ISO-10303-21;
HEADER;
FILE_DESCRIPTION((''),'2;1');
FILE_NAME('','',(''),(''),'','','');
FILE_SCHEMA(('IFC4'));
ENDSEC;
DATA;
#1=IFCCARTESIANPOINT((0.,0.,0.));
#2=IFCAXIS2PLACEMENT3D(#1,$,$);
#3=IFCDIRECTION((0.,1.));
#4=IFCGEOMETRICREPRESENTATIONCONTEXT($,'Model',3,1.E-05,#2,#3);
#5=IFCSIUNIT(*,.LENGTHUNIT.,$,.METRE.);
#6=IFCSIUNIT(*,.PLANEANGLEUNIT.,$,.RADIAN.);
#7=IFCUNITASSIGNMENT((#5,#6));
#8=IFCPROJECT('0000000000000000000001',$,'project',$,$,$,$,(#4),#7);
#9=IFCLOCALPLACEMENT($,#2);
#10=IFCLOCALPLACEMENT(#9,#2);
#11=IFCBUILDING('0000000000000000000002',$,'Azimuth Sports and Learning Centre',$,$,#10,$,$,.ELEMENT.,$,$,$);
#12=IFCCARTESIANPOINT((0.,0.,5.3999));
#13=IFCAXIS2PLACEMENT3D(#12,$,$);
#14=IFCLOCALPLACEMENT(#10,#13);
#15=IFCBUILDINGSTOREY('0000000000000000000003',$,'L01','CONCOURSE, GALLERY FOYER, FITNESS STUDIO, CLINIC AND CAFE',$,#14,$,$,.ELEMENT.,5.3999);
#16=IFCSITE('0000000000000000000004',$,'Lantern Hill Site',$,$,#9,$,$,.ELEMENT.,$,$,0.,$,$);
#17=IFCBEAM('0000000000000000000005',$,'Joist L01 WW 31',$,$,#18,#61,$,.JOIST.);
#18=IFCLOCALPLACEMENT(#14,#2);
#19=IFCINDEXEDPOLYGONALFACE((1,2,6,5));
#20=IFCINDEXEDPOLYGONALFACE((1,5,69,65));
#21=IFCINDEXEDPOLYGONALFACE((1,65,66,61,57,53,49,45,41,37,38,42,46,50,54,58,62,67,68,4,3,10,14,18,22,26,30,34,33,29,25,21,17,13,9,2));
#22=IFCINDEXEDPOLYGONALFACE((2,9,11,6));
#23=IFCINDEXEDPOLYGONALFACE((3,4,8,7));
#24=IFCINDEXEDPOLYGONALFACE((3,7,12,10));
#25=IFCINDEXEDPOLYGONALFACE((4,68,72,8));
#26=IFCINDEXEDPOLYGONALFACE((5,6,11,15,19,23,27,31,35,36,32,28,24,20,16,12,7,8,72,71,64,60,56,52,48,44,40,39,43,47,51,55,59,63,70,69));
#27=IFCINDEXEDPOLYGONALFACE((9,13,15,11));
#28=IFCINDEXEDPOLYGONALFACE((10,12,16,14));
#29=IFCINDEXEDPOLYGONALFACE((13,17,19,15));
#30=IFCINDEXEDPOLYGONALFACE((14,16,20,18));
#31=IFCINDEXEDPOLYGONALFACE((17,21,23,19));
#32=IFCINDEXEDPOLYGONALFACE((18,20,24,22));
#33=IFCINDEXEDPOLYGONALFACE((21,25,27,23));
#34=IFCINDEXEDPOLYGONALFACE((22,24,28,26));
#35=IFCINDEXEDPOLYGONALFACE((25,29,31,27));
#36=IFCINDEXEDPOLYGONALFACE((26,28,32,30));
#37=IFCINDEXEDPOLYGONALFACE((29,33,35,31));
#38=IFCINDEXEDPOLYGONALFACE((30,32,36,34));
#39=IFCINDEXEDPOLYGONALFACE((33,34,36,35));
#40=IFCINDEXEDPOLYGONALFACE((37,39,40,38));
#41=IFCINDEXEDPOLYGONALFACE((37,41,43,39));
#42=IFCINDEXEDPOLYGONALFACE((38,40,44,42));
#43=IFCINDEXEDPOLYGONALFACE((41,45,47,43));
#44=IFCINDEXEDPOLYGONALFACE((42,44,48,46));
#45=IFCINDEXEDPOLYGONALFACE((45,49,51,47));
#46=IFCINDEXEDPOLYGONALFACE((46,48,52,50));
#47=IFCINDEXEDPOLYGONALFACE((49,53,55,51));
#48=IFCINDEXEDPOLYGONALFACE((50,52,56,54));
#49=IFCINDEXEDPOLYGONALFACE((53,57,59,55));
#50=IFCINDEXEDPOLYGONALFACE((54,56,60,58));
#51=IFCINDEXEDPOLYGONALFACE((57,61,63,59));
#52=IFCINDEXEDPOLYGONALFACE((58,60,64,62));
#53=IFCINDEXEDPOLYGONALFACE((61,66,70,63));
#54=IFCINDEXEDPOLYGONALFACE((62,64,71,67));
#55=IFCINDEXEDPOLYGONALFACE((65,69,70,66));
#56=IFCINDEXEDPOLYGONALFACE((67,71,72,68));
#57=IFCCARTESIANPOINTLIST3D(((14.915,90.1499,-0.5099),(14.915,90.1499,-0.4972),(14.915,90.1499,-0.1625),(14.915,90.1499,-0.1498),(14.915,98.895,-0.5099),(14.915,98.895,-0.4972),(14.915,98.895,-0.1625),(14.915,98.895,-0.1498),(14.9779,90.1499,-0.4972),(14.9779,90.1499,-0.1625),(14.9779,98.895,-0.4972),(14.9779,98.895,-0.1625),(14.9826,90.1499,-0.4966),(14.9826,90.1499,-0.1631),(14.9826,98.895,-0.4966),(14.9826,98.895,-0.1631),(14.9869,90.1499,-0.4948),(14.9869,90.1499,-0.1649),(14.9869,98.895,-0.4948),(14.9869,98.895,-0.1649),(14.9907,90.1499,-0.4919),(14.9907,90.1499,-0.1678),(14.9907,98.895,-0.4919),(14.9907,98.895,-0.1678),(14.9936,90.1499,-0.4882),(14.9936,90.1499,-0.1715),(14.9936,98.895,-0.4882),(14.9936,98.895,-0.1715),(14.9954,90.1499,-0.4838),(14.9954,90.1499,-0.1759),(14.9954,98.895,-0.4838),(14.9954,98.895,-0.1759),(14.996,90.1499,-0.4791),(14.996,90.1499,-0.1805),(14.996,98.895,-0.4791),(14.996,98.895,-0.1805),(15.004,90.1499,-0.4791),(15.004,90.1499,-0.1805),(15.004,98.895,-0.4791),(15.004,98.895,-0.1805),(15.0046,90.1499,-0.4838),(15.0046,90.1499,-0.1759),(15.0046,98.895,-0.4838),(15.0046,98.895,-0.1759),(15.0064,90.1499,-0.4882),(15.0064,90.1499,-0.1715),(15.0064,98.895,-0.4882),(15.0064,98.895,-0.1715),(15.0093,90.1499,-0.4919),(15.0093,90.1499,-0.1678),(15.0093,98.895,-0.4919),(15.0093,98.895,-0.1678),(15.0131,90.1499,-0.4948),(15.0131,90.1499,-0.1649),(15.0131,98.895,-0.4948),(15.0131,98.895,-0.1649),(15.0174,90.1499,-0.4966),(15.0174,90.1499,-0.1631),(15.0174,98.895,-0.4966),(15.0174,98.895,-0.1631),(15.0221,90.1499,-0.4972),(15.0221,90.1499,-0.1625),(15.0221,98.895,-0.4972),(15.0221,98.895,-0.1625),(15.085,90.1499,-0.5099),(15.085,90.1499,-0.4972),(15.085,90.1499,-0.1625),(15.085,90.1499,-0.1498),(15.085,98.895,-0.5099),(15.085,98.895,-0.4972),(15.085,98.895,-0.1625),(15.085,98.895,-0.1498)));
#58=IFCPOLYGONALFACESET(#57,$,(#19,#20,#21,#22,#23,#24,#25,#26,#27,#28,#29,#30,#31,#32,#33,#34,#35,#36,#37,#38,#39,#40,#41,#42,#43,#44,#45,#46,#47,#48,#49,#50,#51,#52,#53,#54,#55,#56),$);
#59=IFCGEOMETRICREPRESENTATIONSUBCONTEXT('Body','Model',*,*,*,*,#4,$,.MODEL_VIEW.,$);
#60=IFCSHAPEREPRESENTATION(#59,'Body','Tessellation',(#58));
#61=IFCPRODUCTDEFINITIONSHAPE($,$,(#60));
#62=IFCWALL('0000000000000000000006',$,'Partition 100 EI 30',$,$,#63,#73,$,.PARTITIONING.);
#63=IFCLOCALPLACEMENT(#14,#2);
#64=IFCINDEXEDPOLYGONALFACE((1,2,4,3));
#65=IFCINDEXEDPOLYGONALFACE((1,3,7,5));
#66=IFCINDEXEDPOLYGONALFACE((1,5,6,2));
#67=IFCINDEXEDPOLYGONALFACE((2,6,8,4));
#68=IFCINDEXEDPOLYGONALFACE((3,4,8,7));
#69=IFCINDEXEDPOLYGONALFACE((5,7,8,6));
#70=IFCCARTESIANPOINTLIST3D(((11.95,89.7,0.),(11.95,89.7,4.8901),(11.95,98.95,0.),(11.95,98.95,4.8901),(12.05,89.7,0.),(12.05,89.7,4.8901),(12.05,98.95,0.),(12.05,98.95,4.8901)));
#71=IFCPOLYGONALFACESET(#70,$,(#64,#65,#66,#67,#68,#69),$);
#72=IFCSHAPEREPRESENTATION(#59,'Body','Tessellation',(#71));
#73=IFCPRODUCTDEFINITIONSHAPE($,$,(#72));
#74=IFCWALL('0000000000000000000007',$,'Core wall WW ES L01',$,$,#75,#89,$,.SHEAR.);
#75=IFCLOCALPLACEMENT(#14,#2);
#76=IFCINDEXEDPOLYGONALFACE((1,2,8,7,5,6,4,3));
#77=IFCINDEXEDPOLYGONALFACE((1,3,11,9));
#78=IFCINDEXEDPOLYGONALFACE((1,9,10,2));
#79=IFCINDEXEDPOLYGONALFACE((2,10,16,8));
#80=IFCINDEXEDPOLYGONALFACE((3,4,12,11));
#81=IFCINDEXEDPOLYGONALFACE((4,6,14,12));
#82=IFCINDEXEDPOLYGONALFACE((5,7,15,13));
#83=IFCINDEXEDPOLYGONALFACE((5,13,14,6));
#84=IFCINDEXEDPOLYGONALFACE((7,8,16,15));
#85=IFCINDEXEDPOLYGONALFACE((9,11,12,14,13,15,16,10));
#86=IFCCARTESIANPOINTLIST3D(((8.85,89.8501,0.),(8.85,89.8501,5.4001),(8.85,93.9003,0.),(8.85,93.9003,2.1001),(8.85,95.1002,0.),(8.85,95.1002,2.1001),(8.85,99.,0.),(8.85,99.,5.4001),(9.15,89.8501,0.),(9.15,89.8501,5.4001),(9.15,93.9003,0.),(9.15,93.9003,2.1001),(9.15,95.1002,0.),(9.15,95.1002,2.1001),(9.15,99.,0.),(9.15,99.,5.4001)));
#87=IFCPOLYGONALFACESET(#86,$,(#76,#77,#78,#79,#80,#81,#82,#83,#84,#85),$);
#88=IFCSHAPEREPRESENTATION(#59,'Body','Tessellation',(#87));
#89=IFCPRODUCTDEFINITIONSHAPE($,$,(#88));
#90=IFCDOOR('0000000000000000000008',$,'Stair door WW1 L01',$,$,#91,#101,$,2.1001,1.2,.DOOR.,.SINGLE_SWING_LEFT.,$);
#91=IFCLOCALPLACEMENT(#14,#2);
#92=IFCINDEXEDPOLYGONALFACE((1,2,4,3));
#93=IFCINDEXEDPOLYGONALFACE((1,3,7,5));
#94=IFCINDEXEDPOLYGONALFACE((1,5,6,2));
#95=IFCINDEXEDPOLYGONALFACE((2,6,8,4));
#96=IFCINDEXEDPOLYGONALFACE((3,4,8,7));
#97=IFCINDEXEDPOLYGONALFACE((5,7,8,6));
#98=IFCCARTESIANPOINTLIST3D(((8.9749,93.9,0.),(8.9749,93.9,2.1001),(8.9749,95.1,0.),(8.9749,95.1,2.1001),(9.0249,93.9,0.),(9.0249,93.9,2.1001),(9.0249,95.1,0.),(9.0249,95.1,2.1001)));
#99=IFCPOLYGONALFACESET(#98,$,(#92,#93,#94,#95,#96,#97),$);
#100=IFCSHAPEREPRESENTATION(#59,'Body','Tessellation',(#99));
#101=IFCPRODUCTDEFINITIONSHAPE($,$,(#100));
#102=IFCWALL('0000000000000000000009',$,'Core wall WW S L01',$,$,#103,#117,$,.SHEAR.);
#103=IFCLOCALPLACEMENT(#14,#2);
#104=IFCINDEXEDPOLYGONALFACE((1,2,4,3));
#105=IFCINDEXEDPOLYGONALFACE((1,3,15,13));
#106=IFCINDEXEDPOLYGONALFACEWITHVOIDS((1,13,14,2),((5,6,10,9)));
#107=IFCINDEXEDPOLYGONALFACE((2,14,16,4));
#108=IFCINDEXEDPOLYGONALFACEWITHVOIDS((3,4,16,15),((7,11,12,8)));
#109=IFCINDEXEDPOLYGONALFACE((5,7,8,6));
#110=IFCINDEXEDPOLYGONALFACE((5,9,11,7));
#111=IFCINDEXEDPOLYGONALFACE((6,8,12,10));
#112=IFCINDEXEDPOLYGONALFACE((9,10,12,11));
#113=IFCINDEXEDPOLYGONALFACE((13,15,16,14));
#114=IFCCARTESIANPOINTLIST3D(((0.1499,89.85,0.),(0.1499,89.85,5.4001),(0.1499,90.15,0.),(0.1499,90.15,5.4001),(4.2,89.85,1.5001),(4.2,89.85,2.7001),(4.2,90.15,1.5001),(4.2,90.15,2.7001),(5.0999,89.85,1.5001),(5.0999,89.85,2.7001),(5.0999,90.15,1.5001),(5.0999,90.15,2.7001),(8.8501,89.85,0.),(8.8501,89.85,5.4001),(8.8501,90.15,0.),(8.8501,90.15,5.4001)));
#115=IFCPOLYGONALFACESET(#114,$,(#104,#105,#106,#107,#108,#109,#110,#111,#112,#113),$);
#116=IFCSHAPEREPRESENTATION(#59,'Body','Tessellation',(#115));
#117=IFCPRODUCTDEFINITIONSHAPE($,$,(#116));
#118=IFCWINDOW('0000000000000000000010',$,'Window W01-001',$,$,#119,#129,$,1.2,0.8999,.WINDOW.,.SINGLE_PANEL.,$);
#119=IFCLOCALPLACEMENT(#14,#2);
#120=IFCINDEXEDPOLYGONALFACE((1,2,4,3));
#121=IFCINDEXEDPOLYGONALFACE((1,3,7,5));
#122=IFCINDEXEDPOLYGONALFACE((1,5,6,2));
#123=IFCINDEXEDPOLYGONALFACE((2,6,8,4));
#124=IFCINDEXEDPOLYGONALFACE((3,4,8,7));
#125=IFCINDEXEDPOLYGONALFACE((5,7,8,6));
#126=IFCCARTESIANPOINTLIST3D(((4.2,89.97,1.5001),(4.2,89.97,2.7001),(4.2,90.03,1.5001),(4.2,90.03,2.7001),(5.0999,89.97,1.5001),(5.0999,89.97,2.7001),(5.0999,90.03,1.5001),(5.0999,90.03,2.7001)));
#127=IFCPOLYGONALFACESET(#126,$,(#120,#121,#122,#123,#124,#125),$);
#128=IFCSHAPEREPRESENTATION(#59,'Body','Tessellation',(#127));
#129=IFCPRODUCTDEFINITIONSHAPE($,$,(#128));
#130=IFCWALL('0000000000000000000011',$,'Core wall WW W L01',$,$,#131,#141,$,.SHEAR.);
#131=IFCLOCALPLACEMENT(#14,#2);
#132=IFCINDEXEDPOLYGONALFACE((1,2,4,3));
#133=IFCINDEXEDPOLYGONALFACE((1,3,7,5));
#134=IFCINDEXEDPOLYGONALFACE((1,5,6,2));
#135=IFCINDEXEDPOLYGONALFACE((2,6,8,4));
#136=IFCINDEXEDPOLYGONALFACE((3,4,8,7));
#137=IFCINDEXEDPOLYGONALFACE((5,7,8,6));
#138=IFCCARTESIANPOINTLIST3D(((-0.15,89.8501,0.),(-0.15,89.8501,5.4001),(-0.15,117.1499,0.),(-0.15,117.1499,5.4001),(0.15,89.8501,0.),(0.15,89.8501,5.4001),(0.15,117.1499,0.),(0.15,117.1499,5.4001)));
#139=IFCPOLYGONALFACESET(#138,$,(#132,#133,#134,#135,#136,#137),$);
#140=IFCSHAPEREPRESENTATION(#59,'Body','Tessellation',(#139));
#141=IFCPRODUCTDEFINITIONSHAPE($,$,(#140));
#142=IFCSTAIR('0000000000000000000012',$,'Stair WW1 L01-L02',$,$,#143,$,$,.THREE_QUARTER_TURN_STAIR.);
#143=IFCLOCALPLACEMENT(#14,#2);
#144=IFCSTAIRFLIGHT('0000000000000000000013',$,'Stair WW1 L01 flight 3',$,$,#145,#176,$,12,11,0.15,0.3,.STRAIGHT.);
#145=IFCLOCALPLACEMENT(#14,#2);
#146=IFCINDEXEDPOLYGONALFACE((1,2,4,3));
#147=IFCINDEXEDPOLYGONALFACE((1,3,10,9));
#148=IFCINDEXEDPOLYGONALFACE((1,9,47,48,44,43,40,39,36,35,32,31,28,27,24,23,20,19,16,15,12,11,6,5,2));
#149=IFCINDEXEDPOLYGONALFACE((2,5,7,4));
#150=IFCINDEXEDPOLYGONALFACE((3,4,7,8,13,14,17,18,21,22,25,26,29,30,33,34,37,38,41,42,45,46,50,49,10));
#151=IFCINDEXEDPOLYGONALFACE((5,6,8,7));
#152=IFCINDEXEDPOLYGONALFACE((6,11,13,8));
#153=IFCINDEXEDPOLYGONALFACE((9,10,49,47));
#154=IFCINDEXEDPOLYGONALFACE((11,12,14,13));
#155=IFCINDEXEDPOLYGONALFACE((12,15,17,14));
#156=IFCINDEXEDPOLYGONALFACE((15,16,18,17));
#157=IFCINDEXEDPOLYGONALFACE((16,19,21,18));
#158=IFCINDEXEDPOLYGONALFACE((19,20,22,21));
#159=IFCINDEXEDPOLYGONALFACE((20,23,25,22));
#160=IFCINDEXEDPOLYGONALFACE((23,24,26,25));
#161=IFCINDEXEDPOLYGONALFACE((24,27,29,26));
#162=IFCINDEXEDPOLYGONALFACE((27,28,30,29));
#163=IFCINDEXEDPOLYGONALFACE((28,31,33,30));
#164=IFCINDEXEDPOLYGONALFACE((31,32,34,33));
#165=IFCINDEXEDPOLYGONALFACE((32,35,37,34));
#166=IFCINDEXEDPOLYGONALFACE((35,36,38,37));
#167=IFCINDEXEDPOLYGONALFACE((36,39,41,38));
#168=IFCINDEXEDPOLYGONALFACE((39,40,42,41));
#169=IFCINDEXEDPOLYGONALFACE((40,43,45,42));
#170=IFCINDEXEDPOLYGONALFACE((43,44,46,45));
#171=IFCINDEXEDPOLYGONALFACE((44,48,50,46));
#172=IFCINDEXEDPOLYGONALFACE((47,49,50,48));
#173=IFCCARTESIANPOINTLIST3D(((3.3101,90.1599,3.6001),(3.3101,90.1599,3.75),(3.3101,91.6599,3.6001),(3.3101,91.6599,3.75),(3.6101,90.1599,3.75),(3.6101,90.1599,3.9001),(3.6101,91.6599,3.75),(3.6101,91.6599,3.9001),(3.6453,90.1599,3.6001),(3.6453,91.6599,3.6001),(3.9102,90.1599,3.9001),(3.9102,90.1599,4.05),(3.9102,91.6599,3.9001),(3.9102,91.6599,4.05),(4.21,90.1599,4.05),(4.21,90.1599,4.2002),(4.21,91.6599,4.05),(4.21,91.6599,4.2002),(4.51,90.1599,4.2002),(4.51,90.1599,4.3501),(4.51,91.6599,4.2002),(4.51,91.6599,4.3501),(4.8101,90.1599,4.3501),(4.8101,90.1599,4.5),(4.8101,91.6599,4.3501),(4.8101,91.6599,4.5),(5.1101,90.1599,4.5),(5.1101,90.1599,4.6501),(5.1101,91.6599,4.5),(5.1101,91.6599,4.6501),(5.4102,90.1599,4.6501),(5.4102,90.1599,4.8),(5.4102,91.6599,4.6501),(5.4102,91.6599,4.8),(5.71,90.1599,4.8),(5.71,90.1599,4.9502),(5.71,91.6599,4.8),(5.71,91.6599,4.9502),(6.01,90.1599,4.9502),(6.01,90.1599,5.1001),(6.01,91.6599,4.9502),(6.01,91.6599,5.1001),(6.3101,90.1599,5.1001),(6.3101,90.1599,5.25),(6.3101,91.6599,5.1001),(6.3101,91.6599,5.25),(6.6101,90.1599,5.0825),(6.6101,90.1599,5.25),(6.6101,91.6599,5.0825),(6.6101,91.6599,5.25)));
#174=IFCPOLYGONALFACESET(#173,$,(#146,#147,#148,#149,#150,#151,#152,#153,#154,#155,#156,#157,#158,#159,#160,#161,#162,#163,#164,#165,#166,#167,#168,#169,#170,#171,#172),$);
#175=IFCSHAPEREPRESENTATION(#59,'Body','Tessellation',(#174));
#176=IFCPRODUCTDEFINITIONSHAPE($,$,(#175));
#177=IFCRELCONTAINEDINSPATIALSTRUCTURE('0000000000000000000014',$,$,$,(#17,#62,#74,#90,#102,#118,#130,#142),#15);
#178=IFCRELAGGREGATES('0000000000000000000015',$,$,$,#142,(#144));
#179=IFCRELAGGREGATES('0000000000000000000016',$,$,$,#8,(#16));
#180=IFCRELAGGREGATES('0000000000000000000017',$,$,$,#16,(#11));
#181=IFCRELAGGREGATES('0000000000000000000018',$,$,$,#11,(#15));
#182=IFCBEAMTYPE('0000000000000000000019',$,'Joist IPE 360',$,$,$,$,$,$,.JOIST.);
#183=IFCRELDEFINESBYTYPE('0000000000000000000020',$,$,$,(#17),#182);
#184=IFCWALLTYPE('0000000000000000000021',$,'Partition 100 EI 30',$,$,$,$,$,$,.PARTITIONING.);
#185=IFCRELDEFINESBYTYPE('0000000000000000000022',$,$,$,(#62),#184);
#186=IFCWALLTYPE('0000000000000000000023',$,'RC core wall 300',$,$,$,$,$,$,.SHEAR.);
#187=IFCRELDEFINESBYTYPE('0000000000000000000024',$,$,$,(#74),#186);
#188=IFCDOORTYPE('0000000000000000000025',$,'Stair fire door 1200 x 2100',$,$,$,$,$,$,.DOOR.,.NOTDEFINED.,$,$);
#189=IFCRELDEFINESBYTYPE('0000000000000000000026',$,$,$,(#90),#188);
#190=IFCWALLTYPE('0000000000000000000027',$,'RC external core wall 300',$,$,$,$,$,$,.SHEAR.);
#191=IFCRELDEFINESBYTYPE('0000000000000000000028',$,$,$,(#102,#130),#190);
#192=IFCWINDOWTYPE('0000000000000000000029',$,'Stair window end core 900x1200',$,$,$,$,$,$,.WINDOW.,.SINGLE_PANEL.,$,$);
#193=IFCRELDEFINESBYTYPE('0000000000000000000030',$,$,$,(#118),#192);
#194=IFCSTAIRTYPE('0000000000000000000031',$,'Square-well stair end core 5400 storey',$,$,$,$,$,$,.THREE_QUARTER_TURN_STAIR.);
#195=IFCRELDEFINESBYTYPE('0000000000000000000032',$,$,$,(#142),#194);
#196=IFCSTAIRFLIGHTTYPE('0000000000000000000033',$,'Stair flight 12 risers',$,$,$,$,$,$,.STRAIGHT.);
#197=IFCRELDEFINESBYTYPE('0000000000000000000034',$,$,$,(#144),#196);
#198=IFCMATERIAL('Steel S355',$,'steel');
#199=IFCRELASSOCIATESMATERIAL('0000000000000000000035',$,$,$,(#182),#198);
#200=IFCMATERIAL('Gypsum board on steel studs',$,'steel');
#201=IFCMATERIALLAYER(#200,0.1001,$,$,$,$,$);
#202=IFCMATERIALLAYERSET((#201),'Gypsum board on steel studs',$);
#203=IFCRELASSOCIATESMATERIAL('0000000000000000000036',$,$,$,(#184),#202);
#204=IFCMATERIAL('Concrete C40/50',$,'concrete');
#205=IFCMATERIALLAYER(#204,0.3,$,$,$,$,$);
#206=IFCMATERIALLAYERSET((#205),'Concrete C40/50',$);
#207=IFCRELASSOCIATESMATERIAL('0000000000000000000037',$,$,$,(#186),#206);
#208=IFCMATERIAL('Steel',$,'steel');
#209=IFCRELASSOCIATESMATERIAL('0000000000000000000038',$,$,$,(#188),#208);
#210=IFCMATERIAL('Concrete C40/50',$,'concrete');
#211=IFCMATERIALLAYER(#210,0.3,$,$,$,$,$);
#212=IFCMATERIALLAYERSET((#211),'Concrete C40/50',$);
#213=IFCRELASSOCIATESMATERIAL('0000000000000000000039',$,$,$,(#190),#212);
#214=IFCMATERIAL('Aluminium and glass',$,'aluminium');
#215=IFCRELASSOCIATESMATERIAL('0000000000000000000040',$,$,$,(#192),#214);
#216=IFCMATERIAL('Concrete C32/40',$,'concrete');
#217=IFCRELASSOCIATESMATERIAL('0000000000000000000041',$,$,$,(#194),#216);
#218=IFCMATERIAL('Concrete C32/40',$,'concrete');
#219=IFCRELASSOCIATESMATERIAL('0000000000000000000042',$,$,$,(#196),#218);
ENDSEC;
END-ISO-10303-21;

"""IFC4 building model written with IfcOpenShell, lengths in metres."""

from ifc_helpers import new_model, si_unit, direction, frame, frame_2d, origin, origin_2d, place, context, subcontext, project, spatial, polyline, rectangle, i_section, outline, extrude, material, layer, layer_set, material_profile, profile_set, type_object, element, fill, aggregate, save


model = new_model("IFC4")

# Units and contexts
model_context = context("Model", 3, precision=1e-05, world=origin(), true_north=direction((0.0, 1.0)))
body_context = subcontext(model_context, "Body", "Model", "MODEL_VIEW")
ifc_project = project(units=[si_unit("LENGTHUNIT", "METRE"), si_unit("PLANEANGLEUNIT", "RADIAN")], contexts=[model_context])

# Site, building, storey
site_placement = place(None, origin())
site = spatial("IfcSite", under=ifc_project, at=site_placement, Name="Lantern Hill Site", CompositionType="ELEMENT", RefElevation=0.0)
building_placement = place(site_placement, origin())
building = spatial("IfcBuilding", under=site, at=building_placement, Name="Azimuth Sports and Learning Centre", CompositionType="ELEMENT")
storey_placement = place(building_placement, frame((0.0, 0.0, 5.3999)))
storey = spatial("IfcBuildingStorey", under=building, at=storey_placement, Name="L01", Description="CONCOURSE, GALLERY FOYER, FITNESS STUDIO, CLINIC AND CAFE", CompositionType="ELEMENT", Elevation=5.3999)

# Beam
ifc_material_1 = material(Name="Steel S355", Category="steel")
ifc_material_profile_1 = material_profile(ifc_material_1, i_section(OverallWidth=0.1699, OverallDepth=0.3601, WebThickness=0.0081, FlangeThickness=0.0127, FilletRadius=0.0181, at=origin_2d()), Name="IPE 360")
ifc_profile_set_1 = profile_set([ifc_material_profile_1], Name="Steel S355")
beam_type_1 = type_object("IfcBeamType", Name="Joist IPE 360", PredefinedType="JOIST", material=ifc_profile_set_1)
for number, where, z_axis, x_axis, name in (
    (1, (15.0, 90.1499, -0.3298), (0.0, 1.0, 0.0), (-1.0, 0.0, 0.0), "Joist L01 WW 31"),
):
    element("IfcBeam", number, at=place(storey_placement, frame(where, z_axis=z_axis, x_axis=x_axis)), inside=storey, type_object=beam_type_1, Name=name, PredefinedType="JOIST", context=body_context, shape_type="SweptSolid", body=[
        extrude(i_section(OverallWidth=0.1699, OverallDepth=0.3601, WebThickness=0.0081, FlangeThickness=0.0127, FilletRadius=0.0181, at=origin_2d()), origin(), (0.0, 0.0, 1.0), 8.7451),
    ])

# Wall
ifc_material_2 = material(Name="Gypsum board on steel studs", Category="steel")
ifc_layer_1 = layer(ifc_material_2, 0.1001)
ifc_layer_set_1 = layer_set([ifc_layer_1], Name="Gypsum board on steel studs")
wall_type_1 = type_object("IfcWallType", Name="Partition 100 EI 30", PredefinedType="PARTITIONING", material=ifc_layer_set_1)
wall_1_placement = place(storey_placement, frame((12.0, 89.7, 0.0), z_axis=(0.0, 0.0, 1.0), x_axis=(0.0, 1.0, 0.0)))
element("IfcWall", 2, at=wall_1_placement, inside=storey, type_object=wall_type_1, Name="Partition 100 EI 30", PredefinedType="PARTITIONING", context=body_context, shape_type="SweptSolid", body=[
    extrude(rectangle(XDim=9.25, YDim=0.1001, at=frame_2d((4.625, 0.0))), origin(), (0.0, 0.0, 1.0), 4.8901),
])

# Wall, opening, door
ifc_material_3 = material(Name="Concrete C40/50", Category="concrete")
ifc_layer_2 = layer(ifc_material_3, 0.3)
ifc_layer_set_2 = layer_set([ifc_layer_2], Name="Concrete C40/50")
wall_type_2 = type_object("IfcWallType", Name="RC core wall 300", PredefinedType="SHEAR", material=ifc_layer_set_2)
wall_2_placement = place(storey_placement, frame((9.0, 89.8501, 0.0), z_axis=(0.0, 0.0, 1.0), x_axis=(0.0, 1.0, 0.0)))
wall_2 = element("IfcWall", 3, at=wall_2_placement, inside=storey, type_object=wall_type_2, Name="Core wall WW ES L01", PredefinedType="SHEAR", context=body_context, shape_type="SweptSolid", body=[
    extrude(rectangle(XDim=9.1499, YDim=0.3, at=frame_2d((4.575, 0.0))), origin(), (0.0, 0.0, 1.0), 5.4001),
])
opening_1_placement = place(wall_2_placement, frame((4.05, 0.0, 0.0)))
opening_1 = element("IfcOpeningElement", 4, at=opening_1_placement, cuts=wall_2, PredefinedType="OPENING", context=body_context, shape_type="SweptSolid", body=[
    extrude(rectangle(XDim=1.2, YDim=2.1001, at=frame_2d((0.6001, 1.05))), frame((0.0, 0.1611, 0.0), z_axis=(0.0, -1.0, 0.0), x_axis=(1.0, 0.0, 0.0)), (0.0, 0.0, 1.0), 0.322),
])
ifc_material_4 = material(Name="Steel", Category="steel")
door_type = type_object("IfcDoorType", Name="Stair fire door 1200 x 2100", OperationType="NOTDEFINED", PredefinedType="DOOR", material=ifc_material_4)
door_placement = place(opening_1_placement, frame((1.2, 0.0, 0.0), z_axis=(0.0, 0.0, 1.0), x_axis=(-1.0, 0.0, 0.0)))
door = element("IfcDoor", 5, at=door_placement, inside=storey, type_object=door_type, Name="Stair door WW1 L01", OperationType="SINGLE_SWING_LEFT", OverallHeight=2.1001, OverallWidth=1.2, PredefinedType="DOOR", context=body_context, shape_type="SweptSolid", body=[
    extrude(rectangle(XDim=1.2, YDim=2.1001, at=frame_2d((0.6001, 1.05))), frame((0.0, 0.0249, 0.0), z_axis=(0.0, -1.0, 0.0), x_axis=(1.0, 0.0, 0.0)), (0.0, 0.0, 1.0), 0.05),
])
fill(opening_1, door)

# Wall, opening, window
ifc_material_5 = material(Name="Concrete C40/50", Category="concrete")
ifc_layer_3 = layer(ifc_material_5, 0.3)
ifc_layer_set_3 = layer_set([ifc_layer_3], Name="Concrete C40/50")
wall_type_3 = type_object("IfcWallType", Name="RC external core wall 300", PredefinedType="SHEAR", material=ifc_layer_set_3)
wall_3_placement = place(storey_placement, frame((0.1499, 90.0, 0.0), z_axis=(0.0, 0.0, 1.0), x_axis=(1.0, 0.0, 0.0)))
wall_3 = element("IfcWall", 6, at=wall_3_placement, inside=storey, type_object=wall_type_3, Name="Core wall WW S L01", PredefinedType="SHEAR", context=body_context, shape_type="SweptSolid", body=[
    extrude(rectangle(XDim=8.7002, YDim=0.3, at=frame_2d((4.3501, 0.0))), origin(), (0.0, 0.0, 1.0), 5.4001),
])
opening_2_placement = place(wall_3_placement, frame((4.05, 0.0, 1.5)))
opening_2 = element("IfcOpeningElement", 7, at=opening_2_placement, cuts=wall_3, PredefinedType="OPENING", context=body_context, shape_type="SweptSolid", body=[
    extrude(rectangle(XDim=0.8999, YDim=1.2, at=frame_2d((0.45, 0.6001))), frame((0.0, 0.1611, 0.0), z_axis=(0.0, -1.0, 0.0), x_axis=(1.0, 0.0, 0.0)), (0.0, 0.0, 1.0), 0.322),
])
ifc_material_6 = material(Name="Aluminium and glass", Category="aluminium")
window_type = type_object("IfcWindowType", Name="Stair window end core 900x1200", PartitioningType="SINGLE_PANEL", PredefinedType="WINDOW", material=ifc_material_6)
window_placement = place(opening_2_placement, origin())
window = element("IfcWindow", 8, at=window_placement, inside=storey, type_object=window_type, Name="Window W01-001", OverallHeight=1.2, OverallWidth=0.8999, PartitioningType="SINGLE_PANEL", PredefinedType="WINDOW", context=body_context, shape_type="SweptSolid", body=[
    extrude(rectangle(XDim=0.8999, YDim=1.2, at=frame_2d((0.45, 0.6001))), frame((0.0, 0.03, 0.0), z_axis=(0.0, -1.0, 0.0), x_axis=(1.0, 0.0, 0.0)), (0.0, 0.0, 1.0), 0.0601),
])
fill(opening_2, window)

# Wall
wall_4_placement = place(storey_placement, frame((0.0, 89.8501, 0.0), z_axis=(0.0, 0.0, 1.0), x_axis=(0.0, 1.0, 0.0)))
element("IfcWall", 9, at=wall_4_placement, inside=storey, type_object=wall_type_3, Name="Core wall WW W L01", PredefinedType="SHEAR", context=body_context, shape_type="SweptSolid", body=[
    extrude(rectangle(XDim=27.2998, YDim=0.3, at=frame_2d((13.6499, 0.0))), origin(), (0.0, 0.0, 1.0), 5.4001),
])

# Stair, stair flight
ifc_material_7 = material(Name="Concrete C32/40", Category="concrete")
stair_type = type_object("IfcStairType", Name="Square-well stair end core 5400 storey", PredefinedType="THREE_QUARTER_TURN_STAIR", material=ifc_material_7)
stair_placement = place(storey_placement, origin())
stair = element("IfcStair", 10, at=stair_placement, inside=storey, type_object=stair_type, Name="Stair WW1 L01-L02", PredefinedType="THREE_QUARTER_TURN_STAIR")
ifc_material_8 = material(Name="Concrete C32/40", Category="concrete")
stair_flight_type = type_object("IfcStairFlightType", Name="Stair flight 12 risers", PredefinedType="STRAIGHT", material=ifc_material_8)
stair_flight_placement = place(storey_placement, frame((3.3101, 90.9099, 3.6001), z_axis=(0.0, 0.0, 1.0), x_axis=(1.0, 0.0, 0.0)))
stair_flight = element("IfcStairFlight", 11, at=stair_flight_placement, type_object=stair_flight_type, Name="Stair WW1 L01 flight 3", NumberOfRisers=12, NumberOfTreads=11, PredefinedType="STRAIGHT", RiserHeight=0.15, TreadLength=0.3, context=body_context, shape_type="SweptSolid", body=[
    extrude(outline(polyline([(0.0, 0.0), (0.0, 0.1499), (0.3, 0.1499), (0.3, 0.3), (0.6001, 0.3), (0.6001, 0.45), (0.8999, 0.45), (0.8999, 0.6001), (1.2, 0.6001), (1.2, 0.75), (1.5, 0.75), (1.5, 0.8999), (1.8, 0.8999), (1.8, 1.05), (2.1001, 1.05), (2.1001, 1.2), (2.3999, 1.2), (2.3999, 1.3501), (2.7, 1.3501), (2.7, 1.5), (3.0, 1.5), (3.0, 1.6499), (3.3, 1.6499), (3.3, 1.8), (3.3, 1.4824), (0.3352, 0.0), (0.0, 0.0)])), frame((0.0, 0.75, 0.0), z_axis=(0.0, -1.0, 0.0), x_axis=(1.0, 0.0, 0.0)), (0.0, 0.0, 1.0), 1.5),
])
aggregate(stair, [stair_flight])

save(model, "model.ifc")
